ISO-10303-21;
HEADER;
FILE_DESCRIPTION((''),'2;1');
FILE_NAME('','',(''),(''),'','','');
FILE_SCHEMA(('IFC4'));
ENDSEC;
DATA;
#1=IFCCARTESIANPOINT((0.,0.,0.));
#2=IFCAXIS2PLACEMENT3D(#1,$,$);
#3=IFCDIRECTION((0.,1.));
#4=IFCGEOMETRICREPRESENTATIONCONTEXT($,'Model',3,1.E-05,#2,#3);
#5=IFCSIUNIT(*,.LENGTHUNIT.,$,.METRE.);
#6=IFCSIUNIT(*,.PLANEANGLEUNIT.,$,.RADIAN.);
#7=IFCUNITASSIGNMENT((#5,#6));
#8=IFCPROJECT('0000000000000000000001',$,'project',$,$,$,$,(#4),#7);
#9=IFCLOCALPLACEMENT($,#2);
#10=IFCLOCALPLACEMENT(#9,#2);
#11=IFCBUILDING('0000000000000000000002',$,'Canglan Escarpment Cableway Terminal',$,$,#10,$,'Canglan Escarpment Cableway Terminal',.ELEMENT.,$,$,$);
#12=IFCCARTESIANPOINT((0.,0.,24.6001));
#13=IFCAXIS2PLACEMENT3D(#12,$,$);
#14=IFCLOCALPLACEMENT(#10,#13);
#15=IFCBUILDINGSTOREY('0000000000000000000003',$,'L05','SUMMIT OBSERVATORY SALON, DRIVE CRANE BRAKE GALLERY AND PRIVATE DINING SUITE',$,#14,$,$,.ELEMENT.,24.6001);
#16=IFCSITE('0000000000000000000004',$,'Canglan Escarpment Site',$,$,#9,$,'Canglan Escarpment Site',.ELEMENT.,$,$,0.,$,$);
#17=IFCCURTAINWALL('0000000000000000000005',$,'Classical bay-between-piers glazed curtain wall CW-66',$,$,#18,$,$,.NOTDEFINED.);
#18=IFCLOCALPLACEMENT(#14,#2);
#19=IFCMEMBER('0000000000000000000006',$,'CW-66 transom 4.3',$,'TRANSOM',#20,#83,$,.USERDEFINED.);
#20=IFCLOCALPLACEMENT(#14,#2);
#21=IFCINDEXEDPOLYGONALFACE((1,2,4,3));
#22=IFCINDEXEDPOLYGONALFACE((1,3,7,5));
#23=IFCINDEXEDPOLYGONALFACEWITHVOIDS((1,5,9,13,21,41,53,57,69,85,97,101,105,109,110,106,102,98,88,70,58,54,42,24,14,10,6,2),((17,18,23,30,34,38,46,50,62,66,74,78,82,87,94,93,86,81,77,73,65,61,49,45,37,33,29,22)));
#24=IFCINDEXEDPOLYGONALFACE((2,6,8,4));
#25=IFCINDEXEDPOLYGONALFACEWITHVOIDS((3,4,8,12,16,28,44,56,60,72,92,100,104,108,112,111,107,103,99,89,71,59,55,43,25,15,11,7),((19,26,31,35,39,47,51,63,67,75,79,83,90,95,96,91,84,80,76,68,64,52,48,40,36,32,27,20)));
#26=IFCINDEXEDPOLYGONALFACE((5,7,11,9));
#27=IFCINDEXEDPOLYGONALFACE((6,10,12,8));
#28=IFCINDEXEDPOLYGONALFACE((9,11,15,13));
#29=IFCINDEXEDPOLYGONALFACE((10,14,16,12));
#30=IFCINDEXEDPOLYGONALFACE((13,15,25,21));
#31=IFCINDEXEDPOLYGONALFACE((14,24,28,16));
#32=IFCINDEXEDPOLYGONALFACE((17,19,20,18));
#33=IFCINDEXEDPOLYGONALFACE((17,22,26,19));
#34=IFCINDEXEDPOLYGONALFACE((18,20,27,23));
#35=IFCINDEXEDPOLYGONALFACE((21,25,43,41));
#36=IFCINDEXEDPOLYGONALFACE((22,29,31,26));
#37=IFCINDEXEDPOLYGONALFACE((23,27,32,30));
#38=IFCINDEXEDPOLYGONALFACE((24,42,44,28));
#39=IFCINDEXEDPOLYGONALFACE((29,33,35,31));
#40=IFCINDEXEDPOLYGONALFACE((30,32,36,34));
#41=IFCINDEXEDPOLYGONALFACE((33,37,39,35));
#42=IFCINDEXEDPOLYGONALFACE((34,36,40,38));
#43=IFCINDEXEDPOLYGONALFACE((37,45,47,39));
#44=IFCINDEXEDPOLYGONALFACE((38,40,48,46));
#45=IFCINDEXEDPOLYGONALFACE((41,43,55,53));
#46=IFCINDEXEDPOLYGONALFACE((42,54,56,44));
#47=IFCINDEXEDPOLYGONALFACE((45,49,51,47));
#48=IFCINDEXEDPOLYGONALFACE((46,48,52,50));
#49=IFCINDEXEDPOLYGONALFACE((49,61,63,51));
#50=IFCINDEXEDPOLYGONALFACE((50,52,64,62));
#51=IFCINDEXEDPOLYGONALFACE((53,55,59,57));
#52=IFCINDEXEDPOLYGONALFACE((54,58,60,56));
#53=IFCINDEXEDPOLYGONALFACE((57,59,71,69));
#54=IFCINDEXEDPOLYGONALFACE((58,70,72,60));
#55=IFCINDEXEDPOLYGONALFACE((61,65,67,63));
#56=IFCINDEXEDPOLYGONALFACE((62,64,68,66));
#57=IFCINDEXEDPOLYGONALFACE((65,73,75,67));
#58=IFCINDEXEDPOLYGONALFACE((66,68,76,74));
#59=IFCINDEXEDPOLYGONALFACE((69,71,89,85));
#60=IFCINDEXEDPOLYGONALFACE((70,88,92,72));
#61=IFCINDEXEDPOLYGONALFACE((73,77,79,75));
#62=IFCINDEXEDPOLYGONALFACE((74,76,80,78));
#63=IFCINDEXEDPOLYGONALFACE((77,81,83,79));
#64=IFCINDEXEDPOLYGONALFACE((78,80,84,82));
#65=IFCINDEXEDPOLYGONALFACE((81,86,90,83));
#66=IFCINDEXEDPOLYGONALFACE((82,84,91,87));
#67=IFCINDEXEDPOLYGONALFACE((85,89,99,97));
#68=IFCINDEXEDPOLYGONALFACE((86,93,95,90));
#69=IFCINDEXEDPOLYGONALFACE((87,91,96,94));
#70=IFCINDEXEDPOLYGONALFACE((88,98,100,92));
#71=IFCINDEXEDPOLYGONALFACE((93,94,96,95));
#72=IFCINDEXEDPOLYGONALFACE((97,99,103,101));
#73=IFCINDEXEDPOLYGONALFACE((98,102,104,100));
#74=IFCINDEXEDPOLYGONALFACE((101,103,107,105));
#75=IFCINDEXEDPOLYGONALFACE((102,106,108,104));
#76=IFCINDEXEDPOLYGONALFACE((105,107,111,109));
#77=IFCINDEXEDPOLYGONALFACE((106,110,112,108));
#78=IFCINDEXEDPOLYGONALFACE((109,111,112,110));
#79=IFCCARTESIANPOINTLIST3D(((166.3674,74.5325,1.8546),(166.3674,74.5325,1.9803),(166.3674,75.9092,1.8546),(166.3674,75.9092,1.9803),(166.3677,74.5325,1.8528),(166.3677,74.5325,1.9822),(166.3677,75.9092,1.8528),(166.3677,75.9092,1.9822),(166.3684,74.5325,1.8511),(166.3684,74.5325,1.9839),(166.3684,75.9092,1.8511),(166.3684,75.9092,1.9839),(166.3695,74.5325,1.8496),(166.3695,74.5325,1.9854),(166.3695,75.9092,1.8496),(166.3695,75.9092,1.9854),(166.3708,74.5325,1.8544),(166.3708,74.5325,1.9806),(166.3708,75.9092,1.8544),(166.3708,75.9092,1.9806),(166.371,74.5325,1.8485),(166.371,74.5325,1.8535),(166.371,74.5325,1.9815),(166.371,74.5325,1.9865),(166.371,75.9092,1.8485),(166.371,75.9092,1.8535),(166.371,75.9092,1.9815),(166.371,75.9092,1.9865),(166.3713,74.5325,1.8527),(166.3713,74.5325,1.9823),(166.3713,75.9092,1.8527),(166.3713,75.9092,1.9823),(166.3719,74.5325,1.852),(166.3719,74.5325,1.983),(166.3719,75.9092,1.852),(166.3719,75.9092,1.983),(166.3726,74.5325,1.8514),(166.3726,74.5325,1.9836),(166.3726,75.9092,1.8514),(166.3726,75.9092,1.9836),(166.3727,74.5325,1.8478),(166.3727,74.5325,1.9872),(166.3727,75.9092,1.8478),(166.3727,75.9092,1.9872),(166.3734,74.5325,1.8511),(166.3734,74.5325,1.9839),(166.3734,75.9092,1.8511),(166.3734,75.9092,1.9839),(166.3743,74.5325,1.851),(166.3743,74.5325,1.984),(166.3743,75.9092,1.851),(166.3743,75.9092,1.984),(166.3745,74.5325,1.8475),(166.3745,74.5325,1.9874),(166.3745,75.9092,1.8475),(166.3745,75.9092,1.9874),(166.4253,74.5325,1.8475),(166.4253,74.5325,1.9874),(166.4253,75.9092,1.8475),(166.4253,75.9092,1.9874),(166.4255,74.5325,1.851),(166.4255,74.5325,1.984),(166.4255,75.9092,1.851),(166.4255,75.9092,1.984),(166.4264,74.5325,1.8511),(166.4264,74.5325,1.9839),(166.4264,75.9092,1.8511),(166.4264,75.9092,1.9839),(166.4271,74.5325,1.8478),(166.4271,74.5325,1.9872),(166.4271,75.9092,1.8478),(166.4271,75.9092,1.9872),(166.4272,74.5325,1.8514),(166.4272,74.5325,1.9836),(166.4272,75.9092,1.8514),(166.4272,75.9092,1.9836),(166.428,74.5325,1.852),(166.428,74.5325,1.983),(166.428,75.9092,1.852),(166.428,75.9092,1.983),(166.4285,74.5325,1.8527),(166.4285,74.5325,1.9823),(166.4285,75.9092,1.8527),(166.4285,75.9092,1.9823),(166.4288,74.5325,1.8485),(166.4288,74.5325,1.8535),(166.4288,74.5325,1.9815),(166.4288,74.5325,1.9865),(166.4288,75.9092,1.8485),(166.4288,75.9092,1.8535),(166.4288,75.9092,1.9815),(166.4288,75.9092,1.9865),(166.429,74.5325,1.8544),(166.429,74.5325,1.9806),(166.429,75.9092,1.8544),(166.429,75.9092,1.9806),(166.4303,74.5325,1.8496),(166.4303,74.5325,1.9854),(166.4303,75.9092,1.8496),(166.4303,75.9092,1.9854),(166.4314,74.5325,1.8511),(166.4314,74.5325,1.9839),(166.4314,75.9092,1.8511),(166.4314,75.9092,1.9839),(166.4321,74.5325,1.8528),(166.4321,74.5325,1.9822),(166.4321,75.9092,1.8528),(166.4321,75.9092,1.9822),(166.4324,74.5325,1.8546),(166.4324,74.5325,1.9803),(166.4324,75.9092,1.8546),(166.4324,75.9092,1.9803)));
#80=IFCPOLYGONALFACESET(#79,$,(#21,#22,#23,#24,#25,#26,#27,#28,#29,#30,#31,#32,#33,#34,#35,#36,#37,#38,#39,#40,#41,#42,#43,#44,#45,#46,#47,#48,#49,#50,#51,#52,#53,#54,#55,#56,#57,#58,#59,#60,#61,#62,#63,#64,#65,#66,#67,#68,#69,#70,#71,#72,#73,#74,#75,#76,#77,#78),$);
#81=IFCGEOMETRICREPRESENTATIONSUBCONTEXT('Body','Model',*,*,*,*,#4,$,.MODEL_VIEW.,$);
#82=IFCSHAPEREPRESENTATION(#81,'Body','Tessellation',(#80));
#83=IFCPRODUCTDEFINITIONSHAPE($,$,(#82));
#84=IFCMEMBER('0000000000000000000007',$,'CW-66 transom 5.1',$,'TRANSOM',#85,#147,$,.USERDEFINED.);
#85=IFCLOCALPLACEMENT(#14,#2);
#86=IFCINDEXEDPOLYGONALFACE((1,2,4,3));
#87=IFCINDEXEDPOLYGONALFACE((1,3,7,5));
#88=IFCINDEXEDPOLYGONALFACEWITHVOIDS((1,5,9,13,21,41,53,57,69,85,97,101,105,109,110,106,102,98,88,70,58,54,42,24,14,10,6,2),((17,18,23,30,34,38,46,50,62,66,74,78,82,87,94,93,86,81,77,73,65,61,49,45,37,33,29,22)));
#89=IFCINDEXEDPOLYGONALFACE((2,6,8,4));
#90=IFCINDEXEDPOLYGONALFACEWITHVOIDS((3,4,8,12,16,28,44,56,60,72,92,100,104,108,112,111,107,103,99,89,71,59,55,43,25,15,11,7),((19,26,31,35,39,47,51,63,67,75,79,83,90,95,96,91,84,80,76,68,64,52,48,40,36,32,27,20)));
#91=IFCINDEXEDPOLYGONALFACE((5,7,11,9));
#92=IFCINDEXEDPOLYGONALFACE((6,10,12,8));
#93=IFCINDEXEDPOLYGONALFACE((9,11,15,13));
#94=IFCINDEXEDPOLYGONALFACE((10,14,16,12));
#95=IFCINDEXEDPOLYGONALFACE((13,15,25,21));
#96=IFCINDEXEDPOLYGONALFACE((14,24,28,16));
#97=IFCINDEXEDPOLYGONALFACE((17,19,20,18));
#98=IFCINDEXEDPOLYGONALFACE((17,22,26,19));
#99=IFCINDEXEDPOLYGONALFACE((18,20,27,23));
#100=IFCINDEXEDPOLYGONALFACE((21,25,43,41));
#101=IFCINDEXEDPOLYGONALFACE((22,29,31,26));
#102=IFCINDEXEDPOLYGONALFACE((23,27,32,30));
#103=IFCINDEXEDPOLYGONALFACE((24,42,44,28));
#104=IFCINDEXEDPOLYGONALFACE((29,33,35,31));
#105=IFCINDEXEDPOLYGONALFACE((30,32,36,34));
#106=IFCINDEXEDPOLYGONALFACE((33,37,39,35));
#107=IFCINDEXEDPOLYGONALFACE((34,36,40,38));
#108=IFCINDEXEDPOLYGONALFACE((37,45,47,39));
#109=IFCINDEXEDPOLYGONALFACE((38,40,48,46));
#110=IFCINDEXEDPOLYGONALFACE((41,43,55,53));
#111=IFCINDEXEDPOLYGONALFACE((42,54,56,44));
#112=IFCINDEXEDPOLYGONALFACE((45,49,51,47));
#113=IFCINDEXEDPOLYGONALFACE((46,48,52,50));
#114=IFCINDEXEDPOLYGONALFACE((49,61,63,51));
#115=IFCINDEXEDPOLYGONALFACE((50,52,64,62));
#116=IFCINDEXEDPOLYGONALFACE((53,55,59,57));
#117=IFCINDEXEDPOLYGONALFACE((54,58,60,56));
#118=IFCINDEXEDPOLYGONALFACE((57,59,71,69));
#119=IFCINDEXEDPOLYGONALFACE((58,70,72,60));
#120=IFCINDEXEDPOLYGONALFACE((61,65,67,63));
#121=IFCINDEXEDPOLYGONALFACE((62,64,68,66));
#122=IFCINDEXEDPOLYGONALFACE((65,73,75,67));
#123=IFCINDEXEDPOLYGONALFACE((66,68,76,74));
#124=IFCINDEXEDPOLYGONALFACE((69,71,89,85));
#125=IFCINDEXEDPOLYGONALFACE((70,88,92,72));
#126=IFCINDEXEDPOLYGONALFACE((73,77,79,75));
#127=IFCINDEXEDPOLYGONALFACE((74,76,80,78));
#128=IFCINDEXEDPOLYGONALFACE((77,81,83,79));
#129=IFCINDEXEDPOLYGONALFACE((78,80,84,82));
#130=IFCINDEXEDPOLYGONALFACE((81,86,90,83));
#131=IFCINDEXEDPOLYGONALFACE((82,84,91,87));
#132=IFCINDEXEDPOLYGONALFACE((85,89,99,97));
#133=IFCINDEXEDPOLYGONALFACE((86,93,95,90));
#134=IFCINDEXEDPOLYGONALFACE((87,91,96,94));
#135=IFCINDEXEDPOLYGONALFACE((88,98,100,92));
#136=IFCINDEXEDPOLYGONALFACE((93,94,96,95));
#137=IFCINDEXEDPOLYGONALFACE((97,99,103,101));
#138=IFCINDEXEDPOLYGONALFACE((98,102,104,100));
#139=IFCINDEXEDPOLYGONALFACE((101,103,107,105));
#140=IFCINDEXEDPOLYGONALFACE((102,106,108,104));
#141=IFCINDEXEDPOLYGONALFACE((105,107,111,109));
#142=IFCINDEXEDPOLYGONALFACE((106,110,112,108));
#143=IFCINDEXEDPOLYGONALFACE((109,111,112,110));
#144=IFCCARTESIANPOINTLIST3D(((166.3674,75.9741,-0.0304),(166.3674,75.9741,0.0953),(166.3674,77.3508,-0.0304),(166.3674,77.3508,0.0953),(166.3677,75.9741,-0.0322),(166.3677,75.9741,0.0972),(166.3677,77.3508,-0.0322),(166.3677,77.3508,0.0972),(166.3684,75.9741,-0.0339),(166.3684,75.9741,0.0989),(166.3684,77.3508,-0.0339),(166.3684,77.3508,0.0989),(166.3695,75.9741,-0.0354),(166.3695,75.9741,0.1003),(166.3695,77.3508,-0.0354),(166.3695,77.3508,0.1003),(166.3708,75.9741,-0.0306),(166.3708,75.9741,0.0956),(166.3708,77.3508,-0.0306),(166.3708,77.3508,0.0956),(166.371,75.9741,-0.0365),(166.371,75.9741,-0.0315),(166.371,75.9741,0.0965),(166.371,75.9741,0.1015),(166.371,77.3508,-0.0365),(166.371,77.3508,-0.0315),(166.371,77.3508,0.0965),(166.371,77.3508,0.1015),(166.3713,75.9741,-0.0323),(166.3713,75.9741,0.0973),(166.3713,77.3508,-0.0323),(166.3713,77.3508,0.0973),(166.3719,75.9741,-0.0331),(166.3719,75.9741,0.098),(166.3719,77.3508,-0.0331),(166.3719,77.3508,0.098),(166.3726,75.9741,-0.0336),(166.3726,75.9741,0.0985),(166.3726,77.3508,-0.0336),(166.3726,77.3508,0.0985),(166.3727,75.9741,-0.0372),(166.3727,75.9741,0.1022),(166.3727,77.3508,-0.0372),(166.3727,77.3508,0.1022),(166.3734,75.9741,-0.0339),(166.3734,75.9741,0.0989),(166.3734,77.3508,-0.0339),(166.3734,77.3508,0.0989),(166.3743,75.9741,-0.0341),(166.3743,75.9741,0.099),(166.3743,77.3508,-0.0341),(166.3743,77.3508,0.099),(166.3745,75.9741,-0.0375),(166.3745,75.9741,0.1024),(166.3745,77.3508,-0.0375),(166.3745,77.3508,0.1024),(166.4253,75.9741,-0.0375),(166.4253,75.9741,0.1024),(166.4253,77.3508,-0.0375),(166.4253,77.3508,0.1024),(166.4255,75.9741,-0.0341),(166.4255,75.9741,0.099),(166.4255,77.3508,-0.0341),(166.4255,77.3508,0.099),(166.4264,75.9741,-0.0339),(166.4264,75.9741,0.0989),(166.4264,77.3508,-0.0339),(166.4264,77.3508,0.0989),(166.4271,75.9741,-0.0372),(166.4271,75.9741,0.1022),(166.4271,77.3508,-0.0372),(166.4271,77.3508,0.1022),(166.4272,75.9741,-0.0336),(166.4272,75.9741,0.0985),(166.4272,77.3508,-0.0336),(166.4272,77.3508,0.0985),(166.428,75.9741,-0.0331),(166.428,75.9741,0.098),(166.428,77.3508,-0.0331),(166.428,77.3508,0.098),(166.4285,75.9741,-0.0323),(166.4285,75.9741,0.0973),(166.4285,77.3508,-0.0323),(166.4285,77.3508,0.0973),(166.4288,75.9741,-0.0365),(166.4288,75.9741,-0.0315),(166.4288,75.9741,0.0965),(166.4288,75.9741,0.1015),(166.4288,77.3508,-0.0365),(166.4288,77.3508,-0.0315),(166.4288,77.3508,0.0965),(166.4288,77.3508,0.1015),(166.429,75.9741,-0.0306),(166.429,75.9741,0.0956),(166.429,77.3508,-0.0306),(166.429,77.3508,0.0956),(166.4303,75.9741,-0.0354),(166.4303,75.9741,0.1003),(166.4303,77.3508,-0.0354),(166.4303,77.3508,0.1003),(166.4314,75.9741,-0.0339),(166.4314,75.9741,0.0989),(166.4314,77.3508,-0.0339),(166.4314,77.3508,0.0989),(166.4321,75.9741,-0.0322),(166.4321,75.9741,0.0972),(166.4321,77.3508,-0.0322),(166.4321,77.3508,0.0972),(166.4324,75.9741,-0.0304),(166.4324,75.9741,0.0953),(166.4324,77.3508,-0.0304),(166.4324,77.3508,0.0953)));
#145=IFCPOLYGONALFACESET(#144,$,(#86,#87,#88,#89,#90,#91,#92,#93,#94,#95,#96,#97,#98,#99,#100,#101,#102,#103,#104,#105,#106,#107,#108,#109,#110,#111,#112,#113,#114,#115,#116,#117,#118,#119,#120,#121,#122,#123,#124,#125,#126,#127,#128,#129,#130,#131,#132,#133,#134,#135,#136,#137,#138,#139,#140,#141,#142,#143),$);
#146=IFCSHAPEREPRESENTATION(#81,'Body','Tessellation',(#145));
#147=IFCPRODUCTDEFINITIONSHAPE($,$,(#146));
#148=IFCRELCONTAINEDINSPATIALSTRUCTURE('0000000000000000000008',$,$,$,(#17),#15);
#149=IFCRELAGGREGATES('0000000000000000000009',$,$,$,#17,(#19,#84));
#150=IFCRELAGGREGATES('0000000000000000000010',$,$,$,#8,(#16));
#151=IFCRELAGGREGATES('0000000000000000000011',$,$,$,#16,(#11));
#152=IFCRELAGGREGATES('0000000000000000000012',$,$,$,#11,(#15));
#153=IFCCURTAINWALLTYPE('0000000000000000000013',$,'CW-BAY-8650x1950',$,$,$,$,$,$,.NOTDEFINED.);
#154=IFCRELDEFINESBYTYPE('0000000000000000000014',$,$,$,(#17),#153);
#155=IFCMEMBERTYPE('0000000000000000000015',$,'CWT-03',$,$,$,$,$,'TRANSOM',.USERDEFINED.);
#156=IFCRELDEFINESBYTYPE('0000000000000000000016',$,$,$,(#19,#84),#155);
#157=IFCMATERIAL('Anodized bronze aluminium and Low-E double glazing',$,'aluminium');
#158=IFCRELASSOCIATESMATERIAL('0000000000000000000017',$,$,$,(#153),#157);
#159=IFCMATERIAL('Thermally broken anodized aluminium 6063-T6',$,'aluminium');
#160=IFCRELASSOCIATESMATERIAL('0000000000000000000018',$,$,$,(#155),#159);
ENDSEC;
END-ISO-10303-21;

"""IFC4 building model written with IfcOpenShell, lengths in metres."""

from ifc_helpers import new_model, si_unit, direction, frame, origin, origin_2d, place, context, subcontext, project, spatial, hollow_rectangle, extrude, material, material_profile, profile_set, type_object, element, aggregate, save


model = new_model("IFC4")

# Units and contexts
model_context = context("Model", 3, precision=1e-05, world=origin(), true_north=direction((0.0, 1.0)))
body_context = subcontext(model_context, "Body", "Model", "MODEL_VIEW")
ifc_project = project(units=[si_unit("LENGTHUNIT", "METRE"), si_unit("PLANEANGLEUNIT", "RADIAN")], contexts=[model_context])

# Site, building, storey
site_placement = place(None, origin())
site = spatial("IfcSite", under=ifc_project, at=site_placement, Name="Canglan Escarpment Site", LongName="Canglan Escarpment Site", CompositionType="ELEMENT", RefElevation=0.0)
building_placement = place(site_placement, origin())
building = spatial("IfcBuilding", under=site, at=building_placement, Name="Canglan Escarpment Cableway Terminal", LongName="Canglan Escarpment Cableway Terminal", CompositionType="ELEMENT")
storey_placement = place(building_placement, frame((0.0, 0.0, 24.6001)))
storey = spatial("IfcBuildingStorey", under=building, at=storey_placement, Name="L05", Description="SUMMIT OBSERVATORY SALON, DRIVE CRANE BRAKE GALLERY AND PRIVATE DINING SUITE", CompositionType="ELEMENT", Elevation=24.6001)

# Curtain wall
ifc_material_1 = material(Name="Anodized bronze aluminium and Low-E double glazing", Category="aluminium")
curtain_wall_type = type_object("IfcCurtainWallType", Name="CW-BAY-8650x1950", PredefinedType="NOTDEFINED", material=ifc_material_1)
ifc_material_2 = material(Name="Thermally broken anodized aluminium 6063-T6", Category="aluminium")
curtain_wall_1_placement = place(storey_placement, origin())
curtain_wall_1 = element("IfcCurtainWall", 1, at=curtain_wall_1_placement, inside=storey, type_object=curtain_wall_type, Name="Classical bay-between-piers glazed curtain wall CW-66", PredefinedType="NOTDEFINED")

# Members
ifc_material_profile_1 = material_profile(ifc_material_2, hollow_rectangle(XDim=0.0649, YDim=0.1399, WallThickness=0.0034, InnerFilletRadius=0.0034, OuterFilletRadius=0.0071, at=origin_2d()), Name="ALU-TRAN 65x140x3.5")
ifc_profile_set_1 = profile_set([ifc_material_profile_1], Name="Thermally broken anodized aluminium 6063-T6")
member_type_1 = type_object("IfcMemberType", Name="CWT-03", ElementType="TRANSOM", PredefinedType="USERDEFINED", material=ifc_profile_set_1)
member_1_placement = place(storey_placement, frame((166.3999, 74.5325, 1.9175), z_axis=(0.0, 1.0, 0.0), x_axis=(-1.0, 0.0, 0.0)))
member_1 = element("IfcMember", 2, at=member_1_placement, type_object=member_type_1, Name="CW-66 transom 4.3", ObjectType="TRANSOM", PredefinedType="USERDEFINED", context=body_context, shape_type="SweptSolid", body=[
    extrude(hollow_rectangle(XDim=0.0649, YDim=0.1399, WallThickness=0.0034, InnerFilletRadius=0.0034, OuterFilletRadius=0.0071, at=origin_2d()), origin(), (0.0, 0.0, 1.0), 1.3767),
])
member_2_placement = place(storey_placement, frame((166.3999, 75.9741, 0.0325), z_axis=(0.0, 1.0, 0.0), x_axis=(-1.0, 0.0, 0.0)))
member_2 = element("IfcMember", 3, at=member_2_placement, type_object=member_type_1, Name="CW-66 transom 5.1", ObjectType="TRANSOM", PredefinedType="USERDEFINED", context=body_context, shape_type="SweptSolid", body=[
    extrude(hollow_rectangle(XDim=0.0649, YDim=0.1399, WallThickness=0.0034, InnerFilletRadius=0.0034, OuterFilletRadius=0.0071, at=origin_2d()), origin(), (0.0, 0.0, 1.0), 1.3767),
])

aggregate(curtain_wall_1, [member_1, member_2])

save(model, "model.ifc")
